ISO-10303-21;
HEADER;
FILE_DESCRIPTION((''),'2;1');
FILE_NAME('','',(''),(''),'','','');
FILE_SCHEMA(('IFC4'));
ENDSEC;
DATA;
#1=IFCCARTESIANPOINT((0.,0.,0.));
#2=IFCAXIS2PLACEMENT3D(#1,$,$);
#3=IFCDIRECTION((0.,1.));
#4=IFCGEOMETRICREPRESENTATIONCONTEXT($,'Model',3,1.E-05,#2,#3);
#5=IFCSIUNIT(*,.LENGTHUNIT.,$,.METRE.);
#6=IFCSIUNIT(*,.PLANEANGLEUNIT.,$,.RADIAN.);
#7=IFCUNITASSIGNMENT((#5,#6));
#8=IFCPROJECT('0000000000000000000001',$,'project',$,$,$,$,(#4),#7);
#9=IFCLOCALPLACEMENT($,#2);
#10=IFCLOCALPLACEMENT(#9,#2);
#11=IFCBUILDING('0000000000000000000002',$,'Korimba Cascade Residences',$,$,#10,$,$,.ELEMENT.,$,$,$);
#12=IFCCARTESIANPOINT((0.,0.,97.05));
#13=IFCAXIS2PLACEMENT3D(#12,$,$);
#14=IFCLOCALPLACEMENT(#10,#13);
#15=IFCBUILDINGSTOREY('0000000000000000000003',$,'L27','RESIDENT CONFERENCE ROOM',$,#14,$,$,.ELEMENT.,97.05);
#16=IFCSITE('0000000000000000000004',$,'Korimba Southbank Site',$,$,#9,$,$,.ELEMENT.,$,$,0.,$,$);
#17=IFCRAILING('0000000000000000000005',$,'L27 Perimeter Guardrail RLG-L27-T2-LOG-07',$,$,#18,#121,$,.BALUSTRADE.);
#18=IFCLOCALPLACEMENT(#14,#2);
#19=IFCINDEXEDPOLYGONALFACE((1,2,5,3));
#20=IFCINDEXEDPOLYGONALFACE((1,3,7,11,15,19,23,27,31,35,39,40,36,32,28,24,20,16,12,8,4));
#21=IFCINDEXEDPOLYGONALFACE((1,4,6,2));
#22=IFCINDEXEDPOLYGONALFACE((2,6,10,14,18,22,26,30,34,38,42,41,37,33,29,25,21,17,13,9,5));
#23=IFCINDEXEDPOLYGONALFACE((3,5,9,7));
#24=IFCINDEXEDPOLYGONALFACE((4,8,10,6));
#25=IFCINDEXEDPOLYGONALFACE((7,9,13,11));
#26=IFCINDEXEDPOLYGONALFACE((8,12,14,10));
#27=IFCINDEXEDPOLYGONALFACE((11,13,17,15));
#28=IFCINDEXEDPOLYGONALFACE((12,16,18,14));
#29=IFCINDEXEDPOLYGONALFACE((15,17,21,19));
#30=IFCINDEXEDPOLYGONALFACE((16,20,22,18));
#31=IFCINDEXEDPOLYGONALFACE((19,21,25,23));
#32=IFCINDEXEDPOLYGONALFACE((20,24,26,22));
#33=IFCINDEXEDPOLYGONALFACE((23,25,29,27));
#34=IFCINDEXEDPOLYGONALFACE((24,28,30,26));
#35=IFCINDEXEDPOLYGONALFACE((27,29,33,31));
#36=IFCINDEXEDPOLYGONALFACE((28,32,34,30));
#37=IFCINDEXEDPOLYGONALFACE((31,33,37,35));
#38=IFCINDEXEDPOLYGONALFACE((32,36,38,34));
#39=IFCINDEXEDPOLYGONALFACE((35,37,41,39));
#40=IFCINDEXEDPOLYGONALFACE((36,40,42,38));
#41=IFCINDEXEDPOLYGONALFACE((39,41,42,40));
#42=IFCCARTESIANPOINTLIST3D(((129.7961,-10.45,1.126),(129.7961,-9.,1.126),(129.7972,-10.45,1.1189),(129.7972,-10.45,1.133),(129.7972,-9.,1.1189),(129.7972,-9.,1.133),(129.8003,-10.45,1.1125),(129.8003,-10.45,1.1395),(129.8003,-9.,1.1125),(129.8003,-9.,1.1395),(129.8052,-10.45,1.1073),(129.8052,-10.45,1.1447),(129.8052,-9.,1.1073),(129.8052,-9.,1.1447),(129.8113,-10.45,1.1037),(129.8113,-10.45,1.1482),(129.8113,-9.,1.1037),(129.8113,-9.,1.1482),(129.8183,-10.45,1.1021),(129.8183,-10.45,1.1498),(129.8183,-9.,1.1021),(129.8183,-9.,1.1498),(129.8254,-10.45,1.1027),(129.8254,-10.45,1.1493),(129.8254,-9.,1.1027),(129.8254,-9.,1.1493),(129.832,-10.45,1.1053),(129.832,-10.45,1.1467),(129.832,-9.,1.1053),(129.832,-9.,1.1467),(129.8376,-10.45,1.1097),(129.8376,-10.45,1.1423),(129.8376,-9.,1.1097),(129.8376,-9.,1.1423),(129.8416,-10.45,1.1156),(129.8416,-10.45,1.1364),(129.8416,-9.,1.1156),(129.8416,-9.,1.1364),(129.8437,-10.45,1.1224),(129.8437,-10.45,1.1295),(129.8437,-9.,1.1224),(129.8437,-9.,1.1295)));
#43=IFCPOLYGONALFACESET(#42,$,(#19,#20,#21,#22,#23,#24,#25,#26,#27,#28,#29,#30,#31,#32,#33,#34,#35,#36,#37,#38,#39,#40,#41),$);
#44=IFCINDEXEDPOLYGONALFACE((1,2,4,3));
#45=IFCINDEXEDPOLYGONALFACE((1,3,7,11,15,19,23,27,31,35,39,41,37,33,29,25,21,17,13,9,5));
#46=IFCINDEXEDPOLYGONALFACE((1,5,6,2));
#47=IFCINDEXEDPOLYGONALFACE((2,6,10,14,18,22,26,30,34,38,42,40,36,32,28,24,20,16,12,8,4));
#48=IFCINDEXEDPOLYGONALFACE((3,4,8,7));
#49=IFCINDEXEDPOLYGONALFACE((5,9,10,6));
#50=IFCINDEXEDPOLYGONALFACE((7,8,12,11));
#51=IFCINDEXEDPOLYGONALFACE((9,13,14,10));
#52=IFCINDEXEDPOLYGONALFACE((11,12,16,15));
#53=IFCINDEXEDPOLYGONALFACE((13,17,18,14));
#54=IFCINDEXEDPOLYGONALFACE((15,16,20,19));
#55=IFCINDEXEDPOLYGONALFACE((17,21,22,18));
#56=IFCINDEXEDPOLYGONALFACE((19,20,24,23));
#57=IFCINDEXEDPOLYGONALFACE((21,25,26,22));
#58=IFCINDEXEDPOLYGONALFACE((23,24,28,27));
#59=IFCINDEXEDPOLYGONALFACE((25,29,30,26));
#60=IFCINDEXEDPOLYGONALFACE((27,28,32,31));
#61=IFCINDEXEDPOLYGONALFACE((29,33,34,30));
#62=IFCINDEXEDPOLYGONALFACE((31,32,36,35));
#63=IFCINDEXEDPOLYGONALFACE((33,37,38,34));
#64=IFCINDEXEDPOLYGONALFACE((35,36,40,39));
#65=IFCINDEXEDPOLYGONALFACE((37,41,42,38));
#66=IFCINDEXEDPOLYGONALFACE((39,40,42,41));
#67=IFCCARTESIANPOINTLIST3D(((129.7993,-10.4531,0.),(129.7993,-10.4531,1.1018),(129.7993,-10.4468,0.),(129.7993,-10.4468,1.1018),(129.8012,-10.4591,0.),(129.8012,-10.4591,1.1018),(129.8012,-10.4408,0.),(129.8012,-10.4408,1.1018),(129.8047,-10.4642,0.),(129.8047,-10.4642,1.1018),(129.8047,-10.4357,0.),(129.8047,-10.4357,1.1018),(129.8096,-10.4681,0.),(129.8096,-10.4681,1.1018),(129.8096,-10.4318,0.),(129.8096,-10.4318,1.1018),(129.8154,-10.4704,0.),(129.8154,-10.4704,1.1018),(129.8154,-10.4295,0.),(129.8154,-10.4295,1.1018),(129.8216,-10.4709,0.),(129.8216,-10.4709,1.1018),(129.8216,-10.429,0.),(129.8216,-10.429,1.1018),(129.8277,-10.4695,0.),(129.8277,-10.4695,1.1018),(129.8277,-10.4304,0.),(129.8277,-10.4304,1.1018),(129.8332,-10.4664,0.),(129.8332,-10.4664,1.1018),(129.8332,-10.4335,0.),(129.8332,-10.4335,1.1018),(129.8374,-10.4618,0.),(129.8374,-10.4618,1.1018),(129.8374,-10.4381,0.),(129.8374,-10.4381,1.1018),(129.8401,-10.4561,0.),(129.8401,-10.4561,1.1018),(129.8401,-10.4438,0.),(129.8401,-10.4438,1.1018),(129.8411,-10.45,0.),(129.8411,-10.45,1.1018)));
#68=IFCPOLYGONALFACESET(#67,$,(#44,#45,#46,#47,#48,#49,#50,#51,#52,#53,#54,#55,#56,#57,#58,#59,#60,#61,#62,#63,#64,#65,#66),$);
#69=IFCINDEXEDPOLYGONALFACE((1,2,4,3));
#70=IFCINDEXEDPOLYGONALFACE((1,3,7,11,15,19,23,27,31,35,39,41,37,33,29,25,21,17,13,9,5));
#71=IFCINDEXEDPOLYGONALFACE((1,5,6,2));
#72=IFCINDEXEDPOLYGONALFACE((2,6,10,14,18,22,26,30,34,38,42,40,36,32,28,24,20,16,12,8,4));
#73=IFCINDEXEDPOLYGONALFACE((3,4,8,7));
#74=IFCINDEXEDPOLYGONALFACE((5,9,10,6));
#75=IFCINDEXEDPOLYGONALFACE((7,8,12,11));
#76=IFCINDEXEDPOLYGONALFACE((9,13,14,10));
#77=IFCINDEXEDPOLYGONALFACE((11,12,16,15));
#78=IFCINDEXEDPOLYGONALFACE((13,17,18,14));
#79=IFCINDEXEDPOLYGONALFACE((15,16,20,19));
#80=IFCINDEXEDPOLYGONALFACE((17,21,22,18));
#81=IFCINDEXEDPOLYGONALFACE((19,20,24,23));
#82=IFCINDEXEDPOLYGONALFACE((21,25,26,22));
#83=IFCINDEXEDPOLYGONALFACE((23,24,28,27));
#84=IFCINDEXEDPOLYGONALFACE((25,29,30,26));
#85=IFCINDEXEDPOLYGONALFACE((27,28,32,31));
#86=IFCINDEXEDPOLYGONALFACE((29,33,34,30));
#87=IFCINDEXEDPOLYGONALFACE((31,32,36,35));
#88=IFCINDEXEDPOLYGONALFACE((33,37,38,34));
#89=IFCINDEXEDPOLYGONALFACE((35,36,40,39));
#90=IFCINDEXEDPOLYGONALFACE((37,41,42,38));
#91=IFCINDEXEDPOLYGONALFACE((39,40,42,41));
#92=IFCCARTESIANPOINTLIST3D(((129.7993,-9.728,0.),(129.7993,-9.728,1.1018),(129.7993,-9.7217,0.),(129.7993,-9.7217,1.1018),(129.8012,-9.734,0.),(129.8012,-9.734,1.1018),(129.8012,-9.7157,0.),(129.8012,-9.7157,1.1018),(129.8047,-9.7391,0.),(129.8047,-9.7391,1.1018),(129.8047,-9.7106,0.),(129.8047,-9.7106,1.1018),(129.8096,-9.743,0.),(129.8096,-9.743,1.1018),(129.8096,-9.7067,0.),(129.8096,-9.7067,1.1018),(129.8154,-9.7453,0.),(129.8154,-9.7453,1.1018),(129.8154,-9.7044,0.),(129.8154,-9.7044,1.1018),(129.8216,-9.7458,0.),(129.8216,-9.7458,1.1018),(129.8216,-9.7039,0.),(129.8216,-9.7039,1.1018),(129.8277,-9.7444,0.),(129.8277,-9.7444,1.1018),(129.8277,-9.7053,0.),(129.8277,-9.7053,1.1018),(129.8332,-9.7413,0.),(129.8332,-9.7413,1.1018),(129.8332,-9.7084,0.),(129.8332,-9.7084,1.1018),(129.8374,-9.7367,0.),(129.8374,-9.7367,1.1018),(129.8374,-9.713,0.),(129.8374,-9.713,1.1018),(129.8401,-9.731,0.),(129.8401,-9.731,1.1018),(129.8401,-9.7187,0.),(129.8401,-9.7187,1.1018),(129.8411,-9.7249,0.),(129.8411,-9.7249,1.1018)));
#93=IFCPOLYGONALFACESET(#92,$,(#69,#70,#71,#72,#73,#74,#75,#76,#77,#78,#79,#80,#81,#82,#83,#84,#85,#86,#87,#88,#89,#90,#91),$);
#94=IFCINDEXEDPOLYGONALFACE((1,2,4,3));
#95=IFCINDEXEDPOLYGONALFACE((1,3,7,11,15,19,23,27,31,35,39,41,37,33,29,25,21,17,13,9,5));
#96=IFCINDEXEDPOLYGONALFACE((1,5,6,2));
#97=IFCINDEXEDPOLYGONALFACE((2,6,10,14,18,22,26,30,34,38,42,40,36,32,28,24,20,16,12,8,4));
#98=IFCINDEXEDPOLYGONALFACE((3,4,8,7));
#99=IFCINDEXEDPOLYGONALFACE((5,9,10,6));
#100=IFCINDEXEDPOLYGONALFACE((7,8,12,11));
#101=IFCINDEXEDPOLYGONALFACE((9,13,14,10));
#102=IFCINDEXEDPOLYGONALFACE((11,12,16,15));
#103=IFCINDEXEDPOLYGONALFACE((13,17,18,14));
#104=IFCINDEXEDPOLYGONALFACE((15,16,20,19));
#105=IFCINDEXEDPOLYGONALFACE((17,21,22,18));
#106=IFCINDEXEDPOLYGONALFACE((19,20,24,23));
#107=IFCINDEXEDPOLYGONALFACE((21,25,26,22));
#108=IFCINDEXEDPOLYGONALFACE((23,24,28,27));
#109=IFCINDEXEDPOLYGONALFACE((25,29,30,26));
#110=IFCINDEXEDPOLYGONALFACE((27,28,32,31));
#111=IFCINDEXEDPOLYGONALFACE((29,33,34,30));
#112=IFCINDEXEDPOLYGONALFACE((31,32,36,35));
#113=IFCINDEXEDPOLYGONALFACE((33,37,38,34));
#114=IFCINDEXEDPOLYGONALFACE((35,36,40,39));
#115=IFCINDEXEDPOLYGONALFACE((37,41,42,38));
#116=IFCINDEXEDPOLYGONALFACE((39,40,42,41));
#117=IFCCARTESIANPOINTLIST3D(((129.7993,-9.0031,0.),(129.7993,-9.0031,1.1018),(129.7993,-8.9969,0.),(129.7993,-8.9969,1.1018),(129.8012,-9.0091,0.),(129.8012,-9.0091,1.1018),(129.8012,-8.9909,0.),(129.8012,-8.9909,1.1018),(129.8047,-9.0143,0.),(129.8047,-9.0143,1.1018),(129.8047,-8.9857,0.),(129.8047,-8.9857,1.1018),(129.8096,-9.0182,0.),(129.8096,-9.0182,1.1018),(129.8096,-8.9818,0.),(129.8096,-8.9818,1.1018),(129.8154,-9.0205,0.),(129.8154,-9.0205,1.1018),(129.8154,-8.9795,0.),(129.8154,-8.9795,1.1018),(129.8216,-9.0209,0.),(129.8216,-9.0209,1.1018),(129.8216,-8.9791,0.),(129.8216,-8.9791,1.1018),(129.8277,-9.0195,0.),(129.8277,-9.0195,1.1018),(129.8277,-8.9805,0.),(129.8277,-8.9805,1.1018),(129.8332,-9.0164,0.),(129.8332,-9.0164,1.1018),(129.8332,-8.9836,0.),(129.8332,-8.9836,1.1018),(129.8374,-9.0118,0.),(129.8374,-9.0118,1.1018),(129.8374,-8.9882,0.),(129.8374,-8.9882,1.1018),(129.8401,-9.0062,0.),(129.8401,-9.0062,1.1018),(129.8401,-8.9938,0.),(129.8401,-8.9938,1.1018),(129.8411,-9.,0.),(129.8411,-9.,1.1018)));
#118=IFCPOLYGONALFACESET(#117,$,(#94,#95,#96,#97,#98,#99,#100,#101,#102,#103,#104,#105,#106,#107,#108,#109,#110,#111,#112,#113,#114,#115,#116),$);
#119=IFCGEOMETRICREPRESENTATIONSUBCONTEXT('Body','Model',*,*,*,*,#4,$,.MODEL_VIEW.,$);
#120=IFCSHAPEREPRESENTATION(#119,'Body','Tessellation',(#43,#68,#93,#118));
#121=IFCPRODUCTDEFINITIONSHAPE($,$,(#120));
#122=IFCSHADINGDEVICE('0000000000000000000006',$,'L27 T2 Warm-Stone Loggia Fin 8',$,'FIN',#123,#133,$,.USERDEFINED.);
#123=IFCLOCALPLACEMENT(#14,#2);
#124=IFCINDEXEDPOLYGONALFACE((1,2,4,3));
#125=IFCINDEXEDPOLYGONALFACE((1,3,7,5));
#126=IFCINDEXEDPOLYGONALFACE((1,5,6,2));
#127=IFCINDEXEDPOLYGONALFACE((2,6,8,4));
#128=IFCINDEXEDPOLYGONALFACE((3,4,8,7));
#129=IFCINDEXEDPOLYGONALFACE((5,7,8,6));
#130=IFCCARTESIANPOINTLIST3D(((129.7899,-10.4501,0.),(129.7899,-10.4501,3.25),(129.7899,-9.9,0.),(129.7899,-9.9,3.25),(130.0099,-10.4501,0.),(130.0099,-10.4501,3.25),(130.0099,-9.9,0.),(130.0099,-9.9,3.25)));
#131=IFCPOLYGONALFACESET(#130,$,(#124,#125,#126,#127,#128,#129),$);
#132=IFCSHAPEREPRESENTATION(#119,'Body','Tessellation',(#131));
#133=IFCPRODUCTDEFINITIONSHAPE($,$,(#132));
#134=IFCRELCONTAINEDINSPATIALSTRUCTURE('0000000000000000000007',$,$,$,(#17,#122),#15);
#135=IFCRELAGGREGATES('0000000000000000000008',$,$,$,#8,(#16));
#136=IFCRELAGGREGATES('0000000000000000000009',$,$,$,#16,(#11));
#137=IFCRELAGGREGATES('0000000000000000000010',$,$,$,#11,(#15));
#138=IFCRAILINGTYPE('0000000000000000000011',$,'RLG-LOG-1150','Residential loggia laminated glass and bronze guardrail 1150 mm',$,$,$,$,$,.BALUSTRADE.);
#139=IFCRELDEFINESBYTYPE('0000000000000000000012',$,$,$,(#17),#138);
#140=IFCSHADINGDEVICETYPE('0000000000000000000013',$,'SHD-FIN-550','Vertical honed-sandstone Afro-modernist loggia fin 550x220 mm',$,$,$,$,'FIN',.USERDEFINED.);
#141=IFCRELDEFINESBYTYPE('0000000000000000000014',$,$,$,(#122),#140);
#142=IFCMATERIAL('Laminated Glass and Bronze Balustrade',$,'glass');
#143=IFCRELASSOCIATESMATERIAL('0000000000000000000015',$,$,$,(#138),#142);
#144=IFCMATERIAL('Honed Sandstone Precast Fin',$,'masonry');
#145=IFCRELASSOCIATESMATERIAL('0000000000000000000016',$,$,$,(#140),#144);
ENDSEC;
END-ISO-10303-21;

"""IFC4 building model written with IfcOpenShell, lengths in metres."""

from ifc_helpers import new_model, si_unit, direction, frame, origin, origin_2d, place, context, subcontext, project, spatial, rectangle, circle, extrude, material, type_object, element, save


model = new_model("IFC4")

# Units and contexts
model_context = context("Model", 3, precision=1e-05, world=origin(), true_north=direction((0.0, 1.0)))
body_context = subcontext(model_context, "Body", "Model", "MODEL_VIEW")
ifc_project = project(units=[si_unit("LENGTHUNIT", "METRE"), si_unit("PLANEANGLEUNIT", "RADIAN")], contexts=[model_context])

# Site, building, storey
site_placement = place(None, origin())
site = spatial("IfcSite", under=ifc_project, at=site_placement, Name="Korimba Southbank Site", CompositionType="ELEMENT", RefElevation=0.0)
building_placement = place(site_placement, origin())
building = spatial("IfcBuilding", under=site, at=building_placement, Name="Korimba Cascade Residences", CompositionType="ELEMENT")
storey_placement = place(building_placement, frame((0.0, 0.0, 97.05)))
storey = spatial("IfcBuildingStorey", under=building, at=storey_placement, Name="L27", Description="RESIDENT CONFERENCE ROOM", CompositionType="ELEMENT", Elevation=97.05)

# Railing
ifc_material_1 = material(Name="Laminated Glass and Bronze Balustrade", Category="glass")
railing_type = type_object("IfcRailingType", Name="RLG-LOG-1150", Description="Residential loggia laminated glass and bronze guardrail 1150 mm", PredefinedType="BALUSTRADE", material=ifc_material_1)
railing_placement = place(storey_placement, frame((129.8201, -10.45, 0.0)))
element("IfcRailing", 1, at=railing_placement, inside=storey, type_object=railing_type, Name="L27 Perimeter Guardrail RLG-L27-T2-LOG-07", PredefinedType="BALUSTRADE", context=body_context, shape_type="SweptSolid", body=[
    extrude(circle(Radius=0.0239, at=origin_2d()), frame((0.0, 0.0, 1.126), z_axis=(0.0, 1.0, 0.0), x_axis=(-1.0, 0.0, 0.0)), (0.0, 0.0, 1.0), 1.45),
    extrude(circle(Radius=0.021, at=origin_2d()), origin(), (0.0, 0.0, 1.0), 1.1018),
    extrude(circle(Radius=0.021, at=origin_2d()), frame((0.0, 0.7251, 0.0)), (0.0, 0.0, 1.0), 1.1018),
    extrude(circle(Radius=0.021, at=origin_2d()), frame((0.0, 1.45, 0.0)), (0.0, 0.0, 1.0), 1.1018),
])

# Shading device
ifc_material_2 = material(Name="Honed Sandstone Precast Fin", Category="masonry")
shading_device_type = type_object("IfcShadingDeviceType", Name="SHD-FIN-550", Description="Vertical honed-sandstone Afro-modernist loggia fin 550x220 mm", ElementType="FIN", PredefinedType="USERDEFINED", material=ifc_material_2)
shading_device_placement = place(storey_placement, frame((129.8999, -10.175, 0.0), z_axis=(0.0, 0.0, 1.0), x_axis=(1.0, 0.0, 0.0)))
element("IfcShadingDevice", 2, at=shading_device_placement, inside=storey, type_object=shading_device_type, Name="L27 T2 Warm-Stone Loggia Fin 8", ObjectType="FIN", PredefinedType="USERDEFINED", context=body_context, shape_type="SweptSolid", body=[
    extrude(rectangle(XDim=0.22, YDim=0.55, at=origin_2d()), origin(), (0.0, 0.0, 1.0), 3.25),
])

save(model, "model.ifc")
